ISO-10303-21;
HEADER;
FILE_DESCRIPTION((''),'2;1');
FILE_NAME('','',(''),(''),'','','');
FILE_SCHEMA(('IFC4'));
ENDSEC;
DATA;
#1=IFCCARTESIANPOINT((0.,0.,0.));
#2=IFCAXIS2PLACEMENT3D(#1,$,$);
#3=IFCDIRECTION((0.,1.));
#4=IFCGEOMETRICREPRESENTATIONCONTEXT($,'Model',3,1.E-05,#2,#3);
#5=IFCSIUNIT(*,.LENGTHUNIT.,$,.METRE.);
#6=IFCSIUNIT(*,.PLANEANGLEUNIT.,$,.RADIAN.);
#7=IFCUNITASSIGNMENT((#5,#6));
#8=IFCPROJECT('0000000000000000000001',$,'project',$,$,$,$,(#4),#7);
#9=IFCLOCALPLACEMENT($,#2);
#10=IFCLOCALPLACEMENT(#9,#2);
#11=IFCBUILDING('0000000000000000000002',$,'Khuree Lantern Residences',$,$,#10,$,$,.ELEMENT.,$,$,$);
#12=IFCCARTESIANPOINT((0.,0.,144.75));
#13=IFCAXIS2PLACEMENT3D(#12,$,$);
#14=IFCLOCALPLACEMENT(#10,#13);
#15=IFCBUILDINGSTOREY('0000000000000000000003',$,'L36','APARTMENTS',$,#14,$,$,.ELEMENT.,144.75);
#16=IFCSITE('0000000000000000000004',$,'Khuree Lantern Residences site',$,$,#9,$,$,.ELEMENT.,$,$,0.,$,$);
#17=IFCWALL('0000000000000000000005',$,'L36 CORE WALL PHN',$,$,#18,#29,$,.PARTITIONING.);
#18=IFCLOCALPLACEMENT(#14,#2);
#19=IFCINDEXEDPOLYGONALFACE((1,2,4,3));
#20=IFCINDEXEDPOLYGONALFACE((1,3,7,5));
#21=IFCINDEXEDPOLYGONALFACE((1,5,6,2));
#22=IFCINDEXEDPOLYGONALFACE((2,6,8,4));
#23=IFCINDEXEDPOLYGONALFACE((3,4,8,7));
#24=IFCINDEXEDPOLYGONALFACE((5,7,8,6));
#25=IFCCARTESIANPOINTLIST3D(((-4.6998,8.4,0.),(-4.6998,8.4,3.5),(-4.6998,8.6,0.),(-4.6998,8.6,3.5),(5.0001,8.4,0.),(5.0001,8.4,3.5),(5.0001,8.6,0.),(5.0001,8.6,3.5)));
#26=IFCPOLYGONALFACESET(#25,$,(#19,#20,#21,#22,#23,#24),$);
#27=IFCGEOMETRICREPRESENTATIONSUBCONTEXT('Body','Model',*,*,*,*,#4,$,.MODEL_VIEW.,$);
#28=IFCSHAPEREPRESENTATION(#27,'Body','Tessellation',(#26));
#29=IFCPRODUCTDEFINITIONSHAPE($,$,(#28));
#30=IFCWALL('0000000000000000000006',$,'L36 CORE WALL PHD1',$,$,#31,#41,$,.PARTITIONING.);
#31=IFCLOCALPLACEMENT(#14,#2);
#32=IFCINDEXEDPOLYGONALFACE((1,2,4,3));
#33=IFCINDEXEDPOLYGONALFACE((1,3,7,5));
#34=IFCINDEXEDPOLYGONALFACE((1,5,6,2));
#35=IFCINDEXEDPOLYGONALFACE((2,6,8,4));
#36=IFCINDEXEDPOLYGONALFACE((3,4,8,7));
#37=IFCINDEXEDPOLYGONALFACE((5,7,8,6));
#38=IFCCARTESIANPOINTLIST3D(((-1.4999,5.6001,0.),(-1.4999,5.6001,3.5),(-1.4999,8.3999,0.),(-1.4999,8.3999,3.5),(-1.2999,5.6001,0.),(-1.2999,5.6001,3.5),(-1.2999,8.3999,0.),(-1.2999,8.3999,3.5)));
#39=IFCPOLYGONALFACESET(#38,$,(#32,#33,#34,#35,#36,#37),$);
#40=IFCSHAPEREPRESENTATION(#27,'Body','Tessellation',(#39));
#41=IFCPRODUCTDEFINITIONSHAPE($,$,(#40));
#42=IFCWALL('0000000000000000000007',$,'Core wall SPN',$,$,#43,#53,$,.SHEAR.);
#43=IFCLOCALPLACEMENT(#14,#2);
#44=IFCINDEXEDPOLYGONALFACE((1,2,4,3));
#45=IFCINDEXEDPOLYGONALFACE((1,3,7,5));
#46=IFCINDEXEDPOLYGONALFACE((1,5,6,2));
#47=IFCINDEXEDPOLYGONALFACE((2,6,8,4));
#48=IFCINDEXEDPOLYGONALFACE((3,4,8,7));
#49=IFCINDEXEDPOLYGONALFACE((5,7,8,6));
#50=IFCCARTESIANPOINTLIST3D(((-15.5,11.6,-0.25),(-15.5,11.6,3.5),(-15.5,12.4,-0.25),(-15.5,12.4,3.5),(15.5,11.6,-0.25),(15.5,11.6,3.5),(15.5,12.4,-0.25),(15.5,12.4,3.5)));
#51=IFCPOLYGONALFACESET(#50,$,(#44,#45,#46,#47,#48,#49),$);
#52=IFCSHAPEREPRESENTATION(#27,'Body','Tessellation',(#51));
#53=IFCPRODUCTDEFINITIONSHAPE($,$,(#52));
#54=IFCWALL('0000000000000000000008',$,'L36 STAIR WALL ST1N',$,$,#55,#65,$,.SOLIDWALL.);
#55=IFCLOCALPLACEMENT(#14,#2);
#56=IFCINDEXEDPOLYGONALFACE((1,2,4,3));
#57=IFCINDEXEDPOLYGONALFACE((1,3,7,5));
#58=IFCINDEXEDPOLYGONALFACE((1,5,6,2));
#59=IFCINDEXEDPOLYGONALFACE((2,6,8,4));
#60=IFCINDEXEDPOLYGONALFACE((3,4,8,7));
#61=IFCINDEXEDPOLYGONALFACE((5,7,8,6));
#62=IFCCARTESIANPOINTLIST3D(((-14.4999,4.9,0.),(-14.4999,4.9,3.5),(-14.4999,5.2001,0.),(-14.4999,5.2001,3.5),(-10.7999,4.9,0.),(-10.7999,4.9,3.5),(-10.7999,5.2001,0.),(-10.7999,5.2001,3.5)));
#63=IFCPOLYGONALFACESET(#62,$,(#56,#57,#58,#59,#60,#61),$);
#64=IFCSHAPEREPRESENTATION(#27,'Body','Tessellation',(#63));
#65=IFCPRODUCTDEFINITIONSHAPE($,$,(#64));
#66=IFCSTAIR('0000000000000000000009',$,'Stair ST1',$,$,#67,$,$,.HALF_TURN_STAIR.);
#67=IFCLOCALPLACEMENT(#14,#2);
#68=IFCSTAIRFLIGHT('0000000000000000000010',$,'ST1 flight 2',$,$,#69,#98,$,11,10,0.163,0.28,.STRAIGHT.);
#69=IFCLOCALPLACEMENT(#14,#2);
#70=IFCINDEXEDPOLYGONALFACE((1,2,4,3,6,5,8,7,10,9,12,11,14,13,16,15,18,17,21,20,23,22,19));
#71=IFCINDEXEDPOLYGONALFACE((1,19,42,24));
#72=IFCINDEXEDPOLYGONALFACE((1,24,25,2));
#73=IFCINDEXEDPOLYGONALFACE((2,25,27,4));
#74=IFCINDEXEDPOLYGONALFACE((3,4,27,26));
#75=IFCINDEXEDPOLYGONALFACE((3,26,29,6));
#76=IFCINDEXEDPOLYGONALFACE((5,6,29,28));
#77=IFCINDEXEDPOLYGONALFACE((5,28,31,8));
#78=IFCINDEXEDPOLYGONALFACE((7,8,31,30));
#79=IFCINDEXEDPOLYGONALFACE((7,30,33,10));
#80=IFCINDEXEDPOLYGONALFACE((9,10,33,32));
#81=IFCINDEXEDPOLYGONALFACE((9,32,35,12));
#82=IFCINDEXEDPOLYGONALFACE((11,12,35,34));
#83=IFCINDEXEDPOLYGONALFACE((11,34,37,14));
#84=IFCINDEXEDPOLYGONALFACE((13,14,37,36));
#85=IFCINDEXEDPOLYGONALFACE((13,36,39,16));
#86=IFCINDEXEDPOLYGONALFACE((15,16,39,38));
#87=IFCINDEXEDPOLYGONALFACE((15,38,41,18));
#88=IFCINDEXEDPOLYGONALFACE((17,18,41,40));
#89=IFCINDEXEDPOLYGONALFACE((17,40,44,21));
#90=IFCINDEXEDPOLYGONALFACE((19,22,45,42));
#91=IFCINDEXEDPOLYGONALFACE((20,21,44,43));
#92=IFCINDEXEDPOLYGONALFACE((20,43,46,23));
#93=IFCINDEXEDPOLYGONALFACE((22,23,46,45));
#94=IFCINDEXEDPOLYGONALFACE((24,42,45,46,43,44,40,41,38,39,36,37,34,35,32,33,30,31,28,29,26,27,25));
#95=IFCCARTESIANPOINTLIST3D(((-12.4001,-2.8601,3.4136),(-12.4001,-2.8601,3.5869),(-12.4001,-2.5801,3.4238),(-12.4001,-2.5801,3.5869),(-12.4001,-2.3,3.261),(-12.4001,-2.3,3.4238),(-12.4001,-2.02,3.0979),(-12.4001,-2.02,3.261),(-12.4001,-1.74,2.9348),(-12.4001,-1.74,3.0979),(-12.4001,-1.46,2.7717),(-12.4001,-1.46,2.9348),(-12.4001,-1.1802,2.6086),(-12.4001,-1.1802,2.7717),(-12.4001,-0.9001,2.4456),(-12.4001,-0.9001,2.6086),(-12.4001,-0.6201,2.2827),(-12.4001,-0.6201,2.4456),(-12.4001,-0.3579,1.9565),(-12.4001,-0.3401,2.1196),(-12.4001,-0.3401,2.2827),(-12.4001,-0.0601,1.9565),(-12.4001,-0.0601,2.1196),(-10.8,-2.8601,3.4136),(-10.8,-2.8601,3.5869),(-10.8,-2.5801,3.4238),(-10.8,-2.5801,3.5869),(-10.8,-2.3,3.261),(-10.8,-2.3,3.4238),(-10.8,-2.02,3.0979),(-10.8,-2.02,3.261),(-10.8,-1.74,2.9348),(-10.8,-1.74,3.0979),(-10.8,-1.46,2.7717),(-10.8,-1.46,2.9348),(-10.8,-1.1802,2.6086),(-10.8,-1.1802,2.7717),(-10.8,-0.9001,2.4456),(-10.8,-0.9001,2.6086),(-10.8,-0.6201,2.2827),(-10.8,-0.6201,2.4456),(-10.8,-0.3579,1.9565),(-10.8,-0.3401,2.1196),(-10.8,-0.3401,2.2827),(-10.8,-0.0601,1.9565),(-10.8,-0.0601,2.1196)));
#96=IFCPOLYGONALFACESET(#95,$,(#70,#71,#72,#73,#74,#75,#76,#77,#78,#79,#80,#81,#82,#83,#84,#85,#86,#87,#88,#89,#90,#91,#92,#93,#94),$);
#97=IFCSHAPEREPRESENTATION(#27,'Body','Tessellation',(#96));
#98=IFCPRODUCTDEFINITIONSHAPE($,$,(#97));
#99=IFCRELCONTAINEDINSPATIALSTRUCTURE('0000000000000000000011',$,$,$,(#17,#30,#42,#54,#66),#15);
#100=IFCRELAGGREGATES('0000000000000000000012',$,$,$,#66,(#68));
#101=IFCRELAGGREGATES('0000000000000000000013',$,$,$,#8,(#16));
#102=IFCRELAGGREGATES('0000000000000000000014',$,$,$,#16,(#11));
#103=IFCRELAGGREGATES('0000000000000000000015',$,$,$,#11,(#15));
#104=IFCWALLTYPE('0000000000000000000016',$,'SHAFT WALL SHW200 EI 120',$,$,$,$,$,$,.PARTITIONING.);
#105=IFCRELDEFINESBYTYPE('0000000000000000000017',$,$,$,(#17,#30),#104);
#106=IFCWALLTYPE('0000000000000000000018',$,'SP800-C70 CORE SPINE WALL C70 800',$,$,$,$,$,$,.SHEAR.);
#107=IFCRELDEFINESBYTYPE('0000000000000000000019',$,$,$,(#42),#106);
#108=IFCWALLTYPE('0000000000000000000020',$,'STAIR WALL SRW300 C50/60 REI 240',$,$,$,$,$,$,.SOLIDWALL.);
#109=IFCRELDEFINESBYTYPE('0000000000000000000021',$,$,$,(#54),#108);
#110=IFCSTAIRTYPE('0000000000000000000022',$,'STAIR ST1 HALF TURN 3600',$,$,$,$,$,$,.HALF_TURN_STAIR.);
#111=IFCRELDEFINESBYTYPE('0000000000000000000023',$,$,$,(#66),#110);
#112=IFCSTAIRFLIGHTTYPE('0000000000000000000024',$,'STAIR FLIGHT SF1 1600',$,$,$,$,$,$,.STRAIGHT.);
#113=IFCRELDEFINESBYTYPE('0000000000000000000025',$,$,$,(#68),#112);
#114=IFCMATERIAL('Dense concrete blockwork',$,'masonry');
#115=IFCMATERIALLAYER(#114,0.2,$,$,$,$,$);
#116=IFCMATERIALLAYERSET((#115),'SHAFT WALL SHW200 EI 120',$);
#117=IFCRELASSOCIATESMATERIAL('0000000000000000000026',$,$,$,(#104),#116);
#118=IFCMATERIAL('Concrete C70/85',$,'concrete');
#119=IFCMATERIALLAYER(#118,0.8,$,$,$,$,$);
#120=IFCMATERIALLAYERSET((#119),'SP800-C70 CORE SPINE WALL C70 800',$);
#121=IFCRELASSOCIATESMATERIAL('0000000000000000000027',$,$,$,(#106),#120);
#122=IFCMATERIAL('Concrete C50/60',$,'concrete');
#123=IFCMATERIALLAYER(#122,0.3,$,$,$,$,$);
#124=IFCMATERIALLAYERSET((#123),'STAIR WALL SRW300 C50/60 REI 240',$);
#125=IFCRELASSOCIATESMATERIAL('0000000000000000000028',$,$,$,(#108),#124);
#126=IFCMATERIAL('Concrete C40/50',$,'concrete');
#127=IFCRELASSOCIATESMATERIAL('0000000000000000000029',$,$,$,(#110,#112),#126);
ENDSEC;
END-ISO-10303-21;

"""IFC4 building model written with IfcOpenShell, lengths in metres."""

from ifc_helpers import new_model, si_unit, direction, frame, frame_2d, origin, place, context, subcontext, project, spatial, polyline, rectangle, outline, extrude, material, layer, layer_set, type_object, element, aggregate, save


model = new_model("IFC4")

# Units and contexts
model_context = context("Model", 3, precision=1e-05, world=origin(), true_north=direction((0.0, 1.0)))
body_context = subcontext(model_context, "Body", "Model", "MODEL_VIEW")
ifc_project = project(units=[si_unit("LENGTHUNIT", "METRE"), si_unit("PLANEANGLEUNIT", "RADIAN")], contexts=[model_context])

# Site, building, storey
site_placement = place(None, origin())
site = spatial("IfcSite", under=ifc_project, at=site_placement, Name="Khuree Lantern Residences site", CompositionType="ELEMENT", RefElevation=0.0)
building_placement = place(site_placement, origin())
building = spatial("IfcBuilding", under=site, at=building_placement, Name="Khuree Lantern Residences", CompositionType="ELEMENT")
storey_placement = place(building_placement, frame((0.0, 0.0, 144.75)))
storey = spatial("IfcBuildingStorey", under=building, at=storey_placement, Name="L36", Description="APARTMENTS", CompositionType="ELEMENT", Elevation=144.75)

# Shared definitions
ifc_material_1 = material(Name="Dense concrete blockwork", Category="masonry")

# Shared definitions
ifc_material_2 = material(Name="Concrete C70/85", Category="concrete")

# Walls
ifc_layer_1 = layer(ifc_material_1, 0.2)
ifc_layer_set_1 = layer_set([ifc_layer_1], Name="SHAFT WALL SHW200 EI 120")
wall_type_1 = type_object("IfcWallType", Name="SHAFT WALL SHW200 EI 120", PredefinedType="PARTITIONING", material=ifc_layer_set_1)
wall_1_placement = place(storey_placement, frame((-4.7, 8.5, 0.0), z_axis=(0.0, 0.0, 1.0), x_axis=(1.0, 0.0, 0.0)))
element("IfcWall", 1, at=wall_1_placement, inside=storey, type_object=wall_type_1, Name="L36 CORE WALL PHN", PredefinedType="PARTITIONING", context=body_context, shape_type="SweptSolid", body=[
    extrude(rectangle(XDim=9.7, YDim=0.2, at=frame_2d((4.8501, 0.0))), origin(), (0.0, 0.0, 1.0), 3.5),
])
wall_2_placement = place(storey_placement, frame((-1.3999, 5.6001, 0.0), z_axis=(0.0, 0.0, 1.0), x_axis=(0.0, 1.0, 0.0)))
element("IfcWall", 2, at=wall_2_placement, inside=storey, type_object=wall_type_1, Name="L36 CORE WALL PHD1", PredefinedType="PARTITIONING", context=body_context, shape_type="SweptSolid", body=[
    extrude(rectangle(XDim=2.7998, YDim=0.2, at=frame_2d((1.3999, 0.0))), origin(), (0.0, 0.0, 1.0), 3.5),
])
ifc_layer_2 = layer(ifc_material_2, 0.8)
ifc_layer_set_2 = layer_set([ifc_layer_2], Name="SP800-C70 CORE SPINE WALL C70 800")
wall_type_2 = type_object("IfcWallType", Name="SP800-C70 CORE SPINE WALL C70 800", PredefinedType="SHEAR", material=ifc_layer_set_2)
wall_3_placement = place(storey_placement, frame((-15.5, 12.0, -0.25), z_axis=(0.0, 0.0, 1.0), x_axis=(1.0, 0.0, 0.0)))
element("IfcWall", 3, at=wall_3_placement, inside=storey, type_object=wall_type_2, Name="Core wall SPN", PredefinedType="SHEAR", context=body_context, shape_type="SweptSolid", body=[
    extrude(rectangle(XDim=31.0, YDim=0.8, at=frame_2d((15.5, 0.0))), origin(), (0.0, 0.0, 1.0), 3.75),
])
ifc_material_3 = material(Name="Concrete C50/60", Category="concrete")
ifc_layer_3 = layer(ifc_material_3, 0.3)
ifc_layer_set_3 = layer_set([ifc_layer_3], Name="STAIR WALL SRW300 C50/60 REI 240")
wall_type_3 = type_object("IfcWallType", Name="STAIR WALL SRW300 C50/60 REI 240", PredefinedType="SOLIDWALL", material=ifc_layer_set_3)
wall_4_placement = place(storey_placement, frame((-14.5, 5.05, 0.0), z_axis=(0.0, 0.0, 1.0), x_axis=(1.0, 0.0, 0.0)))
element("IfcWall", 4, at=wall_4_placement, inside=storey, type_object=wall_type_3, Name="L36 STAIR WALL ST1N", PredefinedType="SOLIDWALL", context=body_context, shape_type="SweptSolid", body=[
    extrude(rectangle(XDim=3.7, YDim=0.3, at=frame_2d((1.8501, 0.0))), origin(), (0.0, 0.0, 1.0), 3.5),
])

# Stair, stair flight
ifc_material_4 = material(Name="Concrete C40/50", Category="concrete")
stair_type = type_object("IfcStairType", Name="STAIR ST1 HALF TURN 3600", PredefinedType="HALF_TURN_STAIR", material=ifc_material_4)
stair_placement = place(storey_placement, origin())
stair = element("IfcStair", 5, at=stair_placement, inside=storey, type_object=stair_type, Name="Stair ST1", PredefinedType="HALF_TURN_STAIR")
stair_flight_type = type_object("IfcStairFlightType", Name="STAIR FLIGHT SF1 1600", PredefinedType="STRAIGHT", material=ifc_material_4)
stair_flight_placement = place(storey_placement, frame((-11.6001, -0.0601, 1.9565), z_axis=(0.0, 0.0, 1.0), x_axis=(0.0, -1.0, 0.0)))
stair_flight = element("IfcStairFlight", 6, at=stair_flight_placement, type_object=stair_flight_type, Name="ST1 flight 2", NumberOfRisers=11, NumberOfTreads=10, PredefinedType="STRAIGHT", RiserHeight=0.163, TreadLength=0.28, context=body_context, shape_type="SweptSolid", body=[
    extrude(outline(polyline([(0.0, 0.0), (0.0, 0.1631), (0.28, 0.1631), (0.28, 0.3262), (0.5601, 0.3262), (0.5601, 0.489), (0.8401, 0.489), (0.8401, 0.6521), (1.1201, 0.6521), (1.1201, 0.8152), (1.3999, 0.8152), (1.3999, 0.9783), (1.6799, 0.9783), (1.6799, 1.1414), (1.96, 1.1414), (1.96, 1.3044), (2.24, 1.3044), (2.24, 1.4673), (2.52, 1.4673), (2.52, 1.6304), (2.8, 1.6304), (2.8, 1.7935), (2.8, 1.457), (0.2979, 0.0), (0.0, 0.0)])), frame((0.0, 0.8, 0.0), z_axis=(0.0, -1.0, 0.0), x_axis=(1.0, 0.0, 0.0)), (0.0, 0.0, 1.0), 1.6001),
])
aggregate(stair, [stair_flight])

save(model, "model.ifc")
